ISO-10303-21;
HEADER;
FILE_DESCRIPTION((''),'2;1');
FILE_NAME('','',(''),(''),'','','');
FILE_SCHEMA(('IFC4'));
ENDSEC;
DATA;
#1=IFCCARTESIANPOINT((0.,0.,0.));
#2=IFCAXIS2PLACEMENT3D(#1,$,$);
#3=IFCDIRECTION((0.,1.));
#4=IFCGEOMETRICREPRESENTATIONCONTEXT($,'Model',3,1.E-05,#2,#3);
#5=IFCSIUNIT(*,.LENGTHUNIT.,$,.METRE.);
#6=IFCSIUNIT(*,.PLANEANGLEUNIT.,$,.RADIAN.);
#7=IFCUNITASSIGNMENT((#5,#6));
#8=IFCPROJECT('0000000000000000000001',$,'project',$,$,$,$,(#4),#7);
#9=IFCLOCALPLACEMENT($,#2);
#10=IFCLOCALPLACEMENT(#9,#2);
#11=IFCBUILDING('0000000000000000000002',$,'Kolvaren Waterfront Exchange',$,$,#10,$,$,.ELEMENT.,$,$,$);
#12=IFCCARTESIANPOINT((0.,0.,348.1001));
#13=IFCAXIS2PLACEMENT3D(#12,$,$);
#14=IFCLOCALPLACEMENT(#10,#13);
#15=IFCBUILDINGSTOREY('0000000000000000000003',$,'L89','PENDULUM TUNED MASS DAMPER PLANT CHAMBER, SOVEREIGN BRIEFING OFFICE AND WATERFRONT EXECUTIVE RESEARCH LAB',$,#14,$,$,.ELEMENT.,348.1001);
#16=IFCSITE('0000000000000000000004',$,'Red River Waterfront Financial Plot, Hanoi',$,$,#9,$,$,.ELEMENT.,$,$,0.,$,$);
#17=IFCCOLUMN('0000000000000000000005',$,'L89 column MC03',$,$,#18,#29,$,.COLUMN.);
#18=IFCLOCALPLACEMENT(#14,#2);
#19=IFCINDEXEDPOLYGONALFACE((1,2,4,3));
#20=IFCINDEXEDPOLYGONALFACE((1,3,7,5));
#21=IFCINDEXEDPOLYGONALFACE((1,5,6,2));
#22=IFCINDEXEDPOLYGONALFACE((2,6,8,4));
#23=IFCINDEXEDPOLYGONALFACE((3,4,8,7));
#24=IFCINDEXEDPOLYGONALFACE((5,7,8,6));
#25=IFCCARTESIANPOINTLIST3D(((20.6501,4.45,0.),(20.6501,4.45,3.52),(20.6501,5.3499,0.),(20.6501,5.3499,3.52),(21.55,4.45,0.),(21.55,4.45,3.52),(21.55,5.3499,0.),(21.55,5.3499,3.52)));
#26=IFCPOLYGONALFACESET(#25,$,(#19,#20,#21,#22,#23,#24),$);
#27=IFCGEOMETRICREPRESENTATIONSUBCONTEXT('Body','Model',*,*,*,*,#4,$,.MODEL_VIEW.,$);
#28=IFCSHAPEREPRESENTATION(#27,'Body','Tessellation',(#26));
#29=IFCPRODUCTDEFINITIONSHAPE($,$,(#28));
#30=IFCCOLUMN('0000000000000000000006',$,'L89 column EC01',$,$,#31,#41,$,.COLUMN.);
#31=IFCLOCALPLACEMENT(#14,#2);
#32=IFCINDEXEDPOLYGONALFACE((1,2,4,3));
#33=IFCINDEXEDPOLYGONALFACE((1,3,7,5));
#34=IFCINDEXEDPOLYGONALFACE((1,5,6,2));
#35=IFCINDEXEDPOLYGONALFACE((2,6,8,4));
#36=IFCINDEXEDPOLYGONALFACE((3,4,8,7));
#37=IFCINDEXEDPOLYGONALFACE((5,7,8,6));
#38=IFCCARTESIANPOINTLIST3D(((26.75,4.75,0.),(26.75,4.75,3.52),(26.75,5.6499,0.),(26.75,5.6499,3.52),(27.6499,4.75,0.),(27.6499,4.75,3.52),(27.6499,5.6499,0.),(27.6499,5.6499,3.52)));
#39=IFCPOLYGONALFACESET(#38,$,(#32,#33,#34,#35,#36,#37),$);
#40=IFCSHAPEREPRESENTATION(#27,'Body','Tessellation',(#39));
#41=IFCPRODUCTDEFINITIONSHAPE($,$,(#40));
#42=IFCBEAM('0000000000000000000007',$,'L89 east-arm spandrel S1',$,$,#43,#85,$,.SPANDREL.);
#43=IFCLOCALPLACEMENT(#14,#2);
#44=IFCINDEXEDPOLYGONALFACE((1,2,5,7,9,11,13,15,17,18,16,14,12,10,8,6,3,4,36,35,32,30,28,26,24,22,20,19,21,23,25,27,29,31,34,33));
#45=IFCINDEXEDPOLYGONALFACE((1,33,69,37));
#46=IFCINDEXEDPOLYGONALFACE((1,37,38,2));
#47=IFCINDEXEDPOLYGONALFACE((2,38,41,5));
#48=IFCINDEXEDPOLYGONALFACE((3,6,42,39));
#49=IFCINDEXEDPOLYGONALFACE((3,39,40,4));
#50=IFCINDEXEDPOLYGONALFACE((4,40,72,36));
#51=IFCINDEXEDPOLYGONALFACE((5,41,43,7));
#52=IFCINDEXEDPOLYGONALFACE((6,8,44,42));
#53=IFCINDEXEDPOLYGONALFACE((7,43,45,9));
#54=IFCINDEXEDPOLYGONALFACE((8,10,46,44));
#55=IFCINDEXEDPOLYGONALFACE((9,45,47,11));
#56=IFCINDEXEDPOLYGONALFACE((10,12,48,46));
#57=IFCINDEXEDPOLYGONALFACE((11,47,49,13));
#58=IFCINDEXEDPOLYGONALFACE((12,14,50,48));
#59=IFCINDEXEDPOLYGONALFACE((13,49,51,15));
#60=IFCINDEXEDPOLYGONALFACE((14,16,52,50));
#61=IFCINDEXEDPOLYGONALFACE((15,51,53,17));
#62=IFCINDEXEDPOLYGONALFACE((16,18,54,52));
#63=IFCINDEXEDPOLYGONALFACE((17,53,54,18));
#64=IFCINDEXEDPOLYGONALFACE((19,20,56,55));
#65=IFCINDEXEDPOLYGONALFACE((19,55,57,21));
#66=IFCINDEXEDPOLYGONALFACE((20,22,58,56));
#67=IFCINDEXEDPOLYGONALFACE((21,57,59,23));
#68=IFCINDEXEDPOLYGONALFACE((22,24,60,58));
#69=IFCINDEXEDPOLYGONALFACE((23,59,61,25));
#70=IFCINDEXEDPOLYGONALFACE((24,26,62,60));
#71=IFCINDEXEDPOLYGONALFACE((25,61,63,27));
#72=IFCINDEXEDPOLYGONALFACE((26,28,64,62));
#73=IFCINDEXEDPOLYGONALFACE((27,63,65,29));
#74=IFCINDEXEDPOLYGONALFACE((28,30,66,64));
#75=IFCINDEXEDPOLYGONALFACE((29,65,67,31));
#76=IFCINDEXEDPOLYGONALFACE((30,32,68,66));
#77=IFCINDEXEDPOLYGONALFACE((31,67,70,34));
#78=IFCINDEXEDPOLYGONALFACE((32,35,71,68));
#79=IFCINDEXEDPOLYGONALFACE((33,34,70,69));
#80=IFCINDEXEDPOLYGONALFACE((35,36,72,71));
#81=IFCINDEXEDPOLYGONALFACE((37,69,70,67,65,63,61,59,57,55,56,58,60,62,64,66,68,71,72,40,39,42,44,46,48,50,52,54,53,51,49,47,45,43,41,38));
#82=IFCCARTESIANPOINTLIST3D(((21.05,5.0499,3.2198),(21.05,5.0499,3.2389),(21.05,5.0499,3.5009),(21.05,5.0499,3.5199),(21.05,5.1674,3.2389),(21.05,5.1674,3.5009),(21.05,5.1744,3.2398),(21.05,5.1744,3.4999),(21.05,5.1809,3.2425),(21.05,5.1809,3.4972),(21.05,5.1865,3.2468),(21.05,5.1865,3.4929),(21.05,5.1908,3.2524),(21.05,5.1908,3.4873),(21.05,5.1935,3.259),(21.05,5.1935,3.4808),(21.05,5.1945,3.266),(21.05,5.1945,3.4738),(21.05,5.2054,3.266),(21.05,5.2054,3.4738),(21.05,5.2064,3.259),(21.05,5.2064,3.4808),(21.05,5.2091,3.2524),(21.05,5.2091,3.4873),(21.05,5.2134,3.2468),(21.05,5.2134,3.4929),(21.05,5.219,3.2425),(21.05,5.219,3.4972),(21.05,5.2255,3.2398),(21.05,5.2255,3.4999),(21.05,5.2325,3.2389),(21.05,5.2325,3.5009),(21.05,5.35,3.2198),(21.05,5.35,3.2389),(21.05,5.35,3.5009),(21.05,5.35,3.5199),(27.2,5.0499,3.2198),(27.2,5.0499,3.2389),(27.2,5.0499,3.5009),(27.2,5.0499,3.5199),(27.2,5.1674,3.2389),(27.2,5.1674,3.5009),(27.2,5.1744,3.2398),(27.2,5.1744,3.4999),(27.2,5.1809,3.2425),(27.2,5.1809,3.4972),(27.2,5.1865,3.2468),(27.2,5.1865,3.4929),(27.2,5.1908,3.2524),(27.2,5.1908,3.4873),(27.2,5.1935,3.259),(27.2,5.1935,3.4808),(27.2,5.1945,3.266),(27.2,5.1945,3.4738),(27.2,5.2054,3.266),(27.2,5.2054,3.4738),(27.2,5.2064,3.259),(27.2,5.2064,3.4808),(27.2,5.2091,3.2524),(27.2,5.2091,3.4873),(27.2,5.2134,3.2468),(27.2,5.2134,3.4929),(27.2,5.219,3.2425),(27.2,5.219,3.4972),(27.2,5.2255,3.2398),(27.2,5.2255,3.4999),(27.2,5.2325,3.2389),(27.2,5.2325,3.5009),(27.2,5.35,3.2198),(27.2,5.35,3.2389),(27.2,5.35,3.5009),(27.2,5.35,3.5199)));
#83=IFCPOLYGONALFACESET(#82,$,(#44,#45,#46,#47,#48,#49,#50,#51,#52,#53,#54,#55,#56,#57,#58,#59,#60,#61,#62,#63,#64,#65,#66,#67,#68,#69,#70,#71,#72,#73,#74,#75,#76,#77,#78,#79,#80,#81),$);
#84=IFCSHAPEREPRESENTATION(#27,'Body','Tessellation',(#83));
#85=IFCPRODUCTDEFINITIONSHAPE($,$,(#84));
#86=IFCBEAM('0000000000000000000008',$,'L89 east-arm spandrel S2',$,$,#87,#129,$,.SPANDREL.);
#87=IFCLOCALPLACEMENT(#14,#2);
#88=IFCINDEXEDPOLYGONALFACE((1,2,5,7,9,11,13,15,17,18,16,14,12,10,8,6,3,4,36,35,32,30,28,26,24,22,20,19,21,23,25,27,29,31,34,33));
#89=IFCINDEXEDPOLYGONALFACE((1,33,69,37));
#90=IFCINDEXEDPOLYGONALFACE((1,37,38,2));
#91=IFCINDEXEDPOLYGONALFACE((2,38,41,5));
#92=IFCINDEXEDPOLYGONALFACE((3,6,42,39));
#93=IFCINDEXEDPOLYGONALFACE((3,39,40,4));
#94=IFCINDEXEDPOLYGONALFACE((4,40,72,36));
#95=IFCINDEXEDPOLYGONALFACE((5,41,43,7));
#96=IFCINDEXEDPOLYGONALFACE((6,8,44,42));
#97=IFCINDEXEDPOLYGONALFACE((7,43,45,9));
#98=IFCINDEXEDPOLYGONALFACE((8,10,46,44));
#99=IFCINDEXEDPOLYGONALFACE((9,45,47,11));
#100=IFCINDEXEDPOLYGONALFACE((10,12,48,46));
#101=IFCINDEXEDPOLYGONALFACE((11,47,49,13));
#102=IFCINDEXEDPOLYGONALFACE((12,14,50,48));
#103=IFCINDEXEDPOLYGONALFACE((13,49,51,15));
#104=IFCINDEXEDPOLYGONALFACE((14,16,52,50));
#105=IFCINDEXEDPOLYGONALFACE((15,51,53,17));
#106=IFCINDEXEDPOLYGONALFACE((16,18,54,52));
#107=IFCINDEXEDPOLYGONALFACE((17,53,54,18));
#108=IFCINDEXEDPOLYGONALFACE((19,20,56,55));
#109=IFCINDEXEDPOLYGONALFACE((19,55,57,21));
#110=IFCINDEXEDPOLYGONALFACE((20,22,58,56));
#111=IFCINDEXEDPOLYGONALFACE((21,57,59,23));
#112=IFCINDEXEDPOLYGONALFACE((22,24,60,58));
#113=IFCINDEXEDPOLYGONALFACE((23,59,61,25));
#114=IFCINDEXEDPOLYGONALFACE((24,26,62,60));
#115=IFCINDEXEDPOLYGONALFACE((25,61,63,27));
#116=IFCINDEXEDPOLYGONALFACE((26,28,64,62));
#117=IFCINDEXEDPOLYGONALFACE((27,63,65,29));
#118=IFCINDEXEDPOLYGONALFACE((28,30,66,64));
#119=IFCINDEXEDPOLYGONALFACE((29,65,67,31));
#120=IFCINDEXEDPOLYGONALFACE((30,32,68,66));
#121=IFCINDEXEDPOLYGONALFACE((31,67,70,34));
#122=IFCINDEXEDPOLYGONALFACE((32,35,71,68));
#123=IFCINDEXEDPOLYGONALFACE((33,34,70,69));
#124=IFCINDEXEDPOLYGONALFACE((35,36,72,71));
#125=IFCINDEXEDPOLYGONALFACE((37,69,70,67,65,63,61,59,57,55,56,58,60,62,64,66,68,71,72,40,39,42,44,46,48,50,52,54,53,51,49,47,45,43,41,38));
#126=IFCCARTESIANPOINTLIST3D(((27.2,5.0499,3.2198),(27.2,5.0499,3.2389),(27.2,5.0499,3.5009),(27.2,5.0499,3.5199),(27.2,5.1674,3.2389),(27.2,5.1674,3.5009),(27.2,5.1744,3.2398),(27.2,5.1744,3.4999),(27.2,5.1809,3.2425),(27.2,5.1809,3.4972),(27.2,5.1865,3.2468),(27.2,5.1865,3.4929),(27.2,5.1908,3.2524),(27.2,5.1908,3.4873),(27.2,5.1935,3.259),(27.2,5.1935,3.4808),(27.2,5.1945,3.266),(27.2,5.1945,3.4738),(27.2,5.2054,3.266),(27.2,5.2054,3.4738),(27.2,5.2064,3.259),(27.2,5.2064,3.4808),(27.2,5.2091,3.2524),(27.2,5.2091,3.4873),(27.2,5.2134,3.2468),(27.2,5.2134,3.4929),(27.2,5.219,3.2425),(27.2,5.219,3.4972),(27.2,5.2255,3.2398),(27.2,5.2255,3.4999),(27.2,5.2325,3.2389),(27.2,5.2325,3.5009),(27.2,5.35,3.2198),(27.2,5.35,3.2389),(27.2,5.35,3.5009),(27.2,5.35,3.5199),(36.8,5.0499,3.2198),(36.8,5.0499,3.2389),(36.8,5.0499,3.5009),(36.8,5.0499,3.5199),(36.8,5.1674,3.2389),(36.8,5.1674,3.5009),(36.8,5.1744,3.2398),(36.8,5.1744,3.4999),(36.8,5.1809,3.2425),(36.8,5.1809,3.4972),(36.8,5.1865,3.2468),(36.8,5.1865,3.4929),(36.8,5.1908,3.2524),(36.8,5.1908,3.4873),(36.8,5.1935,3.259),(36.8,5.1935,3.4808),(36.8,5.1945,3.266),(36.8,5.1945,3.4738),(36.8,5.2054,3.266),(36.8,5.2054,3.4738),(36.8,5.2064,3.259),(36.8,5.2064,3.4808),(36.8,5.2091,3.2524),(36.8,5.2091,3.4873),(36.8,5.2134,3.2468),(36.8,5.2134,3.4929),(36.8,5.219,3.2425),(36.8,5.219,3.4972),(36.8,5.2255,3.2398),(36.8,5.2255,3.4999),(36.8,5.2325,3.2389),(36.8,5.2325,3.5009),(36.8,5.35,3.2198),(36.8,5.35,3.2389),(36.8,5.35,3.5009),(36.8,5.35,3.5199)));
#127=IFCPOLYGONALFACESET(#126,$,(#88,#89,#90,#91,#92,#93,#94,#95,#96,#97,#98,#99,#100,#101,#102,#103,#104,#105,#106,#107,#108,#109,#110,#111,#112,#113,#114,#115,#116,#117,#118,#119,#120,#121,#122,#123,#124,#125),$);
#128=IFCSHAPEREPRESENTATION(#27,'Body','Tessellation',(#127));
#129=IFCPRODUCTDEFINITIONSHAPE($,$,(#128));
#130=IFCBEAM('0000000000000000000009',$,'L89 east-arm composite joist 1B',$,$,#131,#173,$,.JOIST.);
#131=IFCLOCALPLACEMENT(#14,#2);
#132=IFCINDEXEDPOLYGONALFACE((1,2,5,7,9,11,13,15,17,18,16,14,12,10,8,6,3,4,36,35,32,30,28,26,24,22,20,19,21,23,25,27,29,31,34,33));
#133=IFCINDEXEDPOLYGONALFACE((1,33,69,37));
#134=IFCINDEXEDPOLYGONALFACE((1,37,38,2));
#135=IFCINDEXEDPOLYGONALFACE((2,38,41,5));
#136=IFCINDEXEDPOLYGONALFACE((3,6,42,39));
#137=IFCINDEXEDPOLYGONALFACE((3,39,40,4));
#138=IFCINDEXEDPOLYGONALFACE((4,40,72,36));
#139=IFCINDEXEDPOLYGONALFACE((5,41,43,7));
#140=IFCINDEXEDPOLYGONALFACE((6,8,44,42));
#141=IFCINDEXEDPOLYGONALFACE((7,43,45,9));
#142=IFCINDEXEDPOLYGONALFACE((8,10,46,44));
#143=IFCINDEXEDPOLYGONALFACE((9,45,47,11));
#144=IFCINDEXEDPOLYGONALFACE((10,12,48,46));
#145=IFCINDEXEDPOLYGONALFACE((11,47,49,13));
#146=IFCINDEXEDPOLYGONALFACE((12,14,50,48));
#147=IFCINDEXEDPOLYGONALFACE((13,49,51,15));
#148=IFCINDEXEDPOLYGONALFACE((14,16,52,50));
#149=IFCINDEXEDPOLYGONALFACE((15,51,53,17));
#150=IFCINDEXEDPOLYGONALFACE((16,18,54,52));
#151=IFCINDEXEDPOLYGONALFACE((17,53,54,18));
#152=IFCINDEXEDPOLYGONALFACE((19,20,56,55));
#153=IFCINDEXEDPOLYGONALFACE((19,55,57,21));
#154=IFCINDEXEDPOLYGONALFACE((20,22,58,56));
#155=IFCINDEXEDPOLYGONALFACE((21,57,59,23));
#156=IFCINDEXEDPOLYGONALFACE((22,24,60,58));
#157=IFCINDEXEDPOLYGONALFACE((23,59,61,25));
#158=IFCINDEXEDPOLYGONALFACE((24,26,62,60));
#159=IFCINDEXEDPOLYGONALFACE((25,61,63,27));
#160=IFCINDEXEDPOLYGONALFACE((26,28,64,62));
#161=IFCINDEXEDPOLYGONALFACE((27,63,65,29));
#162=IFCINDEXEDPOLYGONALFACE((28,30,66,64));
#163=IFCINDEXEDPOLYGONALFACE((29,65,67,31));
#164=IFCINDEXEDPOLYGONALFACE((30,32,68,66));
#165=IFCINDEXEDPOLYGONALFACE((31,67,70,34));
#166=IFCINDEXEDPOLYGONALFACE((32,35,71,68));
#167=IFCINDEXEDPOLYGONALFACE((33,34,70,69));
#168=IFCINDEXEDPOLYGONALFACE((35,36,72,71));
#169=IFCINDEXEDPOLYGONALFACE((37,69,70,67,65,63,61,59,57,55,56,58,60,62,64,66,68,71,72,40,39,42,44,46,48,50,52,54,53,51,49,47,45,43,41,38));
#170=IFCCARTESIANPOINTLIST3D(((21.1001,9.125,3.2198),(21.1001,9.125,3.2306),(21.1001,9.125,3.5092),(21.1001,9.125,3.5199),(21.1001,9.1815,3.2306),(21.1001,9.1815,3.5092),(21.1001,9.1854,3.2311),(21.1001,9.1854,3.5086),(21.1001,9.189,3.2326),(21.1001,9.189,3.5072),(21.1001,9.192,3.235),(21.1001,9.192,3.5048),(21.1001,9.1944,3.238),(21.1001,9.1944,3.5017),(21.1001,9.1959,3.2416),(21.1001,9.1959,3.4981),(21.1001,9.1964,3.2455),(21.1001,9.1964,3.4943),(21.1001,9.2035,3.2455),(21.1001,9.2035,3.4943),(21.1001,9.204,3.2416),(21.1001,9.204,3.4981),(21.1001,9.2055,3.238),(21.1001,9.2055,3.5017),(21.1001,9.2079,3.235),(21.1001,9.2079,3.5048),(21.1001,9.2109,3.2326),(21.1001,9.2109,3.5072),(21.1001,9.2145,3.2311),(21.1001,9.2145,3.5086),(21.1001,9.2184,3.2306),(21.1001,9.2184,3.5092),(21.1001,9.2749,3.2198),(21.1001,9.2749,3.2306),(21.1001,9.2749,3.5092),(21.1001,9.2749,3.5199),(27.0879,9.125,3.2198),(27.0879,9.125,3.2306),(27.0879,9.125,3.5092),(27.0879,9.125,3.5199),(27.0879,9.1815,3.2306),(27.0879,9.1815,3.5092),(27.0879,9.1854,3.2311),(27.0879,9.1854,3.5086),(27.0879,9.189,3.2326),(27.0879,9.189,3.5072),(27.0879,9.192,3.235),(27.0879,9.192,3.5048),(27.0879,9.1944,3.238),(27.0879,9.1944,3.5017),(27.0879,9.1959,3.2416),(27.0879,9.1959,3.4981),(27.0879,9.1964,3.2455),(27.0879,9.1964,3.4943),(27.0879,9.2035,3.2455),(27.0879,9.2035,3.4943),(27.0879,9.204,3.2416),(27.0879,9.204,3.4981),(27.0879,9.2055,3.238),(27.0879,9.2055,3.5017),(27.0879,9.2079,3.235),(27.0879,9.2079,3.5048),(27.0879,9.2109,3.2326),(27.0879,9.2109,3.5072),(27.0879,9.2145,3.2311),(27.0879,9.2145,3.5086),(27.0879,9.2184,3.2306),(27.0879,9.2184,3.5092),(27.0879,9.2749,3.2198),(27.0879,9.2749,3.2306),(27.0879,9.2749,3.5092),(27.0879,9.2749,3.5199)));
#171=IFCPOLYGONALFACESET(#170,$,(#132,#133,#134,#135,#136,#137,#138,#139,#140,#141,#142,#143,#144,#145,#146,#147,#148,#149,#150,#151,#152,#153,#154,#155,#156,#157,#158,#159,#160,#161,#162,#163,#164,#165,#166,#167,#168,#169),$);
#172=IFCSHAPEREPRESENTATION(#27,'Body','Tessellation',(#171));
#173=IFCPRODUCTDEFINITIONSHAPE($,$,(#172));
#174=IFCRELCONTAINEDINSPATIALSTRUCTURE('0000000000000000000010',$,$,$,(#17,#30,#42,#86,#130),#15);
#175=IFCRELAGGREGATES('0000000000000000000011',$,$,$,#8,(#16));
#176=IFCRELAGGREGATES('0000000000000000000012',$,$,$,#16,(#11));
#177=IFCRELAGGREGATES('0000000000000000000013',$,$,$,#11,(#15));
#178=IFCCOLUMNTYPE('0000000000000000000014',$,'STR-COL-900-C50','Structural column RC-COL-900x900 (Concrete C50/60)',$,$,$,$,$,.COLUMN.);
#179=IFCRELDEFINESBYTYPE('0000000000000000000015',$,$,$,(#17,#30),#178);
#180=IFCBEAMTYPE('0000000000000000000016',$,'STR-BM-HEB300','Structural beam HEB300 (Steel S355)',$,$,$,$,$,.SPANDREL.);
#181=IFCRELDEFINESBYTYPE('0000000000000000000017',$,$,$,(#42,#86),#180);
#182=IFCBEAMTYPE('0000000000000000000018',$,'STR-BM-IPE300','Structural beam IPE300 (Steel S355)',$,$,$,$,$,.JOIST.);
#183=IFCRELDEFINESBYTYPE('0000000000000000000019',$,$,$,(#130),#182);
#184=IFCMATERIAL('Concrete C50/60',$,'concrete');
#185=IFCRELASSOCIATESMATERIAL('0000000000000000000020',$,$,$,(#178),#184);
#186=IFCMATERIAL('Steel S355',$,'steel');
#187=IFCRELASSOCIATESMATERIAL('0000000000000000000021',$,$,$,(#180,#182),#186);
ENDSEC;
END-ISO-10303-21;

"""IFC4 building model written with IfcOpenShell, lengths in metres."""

from ifc_helpers import new_model, si_unit, direction, frame, origin, origin_2d, place, context, subcontext, project, spatial, rectangle, i_section, extrude, material, material_profile, profile_set, type_object, element, save


model = new_model("IFC4")

# Units and contexts
model_context = context("Model", 3, precision=1e-05, world=origin(), true_north=direction((0.0, 1.0)))
body_context = subcontext(model_context, "Body", "Model", "MODEL_VIEW")
ifc_project = project(units=[si_unit("LENGTHUNIT", "METRE"), si_unit("PLANEANGLEUNIT", "RADIAN")], contexts=[model_context])

# Site, building, storey
site_placement = place(None, origin())
site = spatial("IfcSite", under=ifc_project, at=site_placement, Name="Red River Waterfront Financial Plot, Hanoi", CompositionType="ELEMENT", RefElevation=0.0)
building_placement = place(site_placement, origin())
building = spatial("IfcBuilding", under=site, at=building_placement, Name="Kolvaren Waterfront Exchange", CompositionType="ELEMENT")
storey_placement = place(building_placement, frame((0.0, 0.0, 348.1001)))
storey = spatial("IfcBuildingStorey", under=building, at=storey_placement, Name="L89", Description="PENDULUM TUNED MASS DAMPER PLANT CHAMBER, SOVEREIGN BRIEFING OFFICE AND WATERFRONT EXECUTIVE RESEARCH LAB", CompositionType="ELEMENT", Elevation=348.1001)

# Columns
ifc_material_1 = material(Name="Concrete C50/60", Category="concrete")
ifc_material_profile_1 = material_profile(ifc_material_1, rectangle(XDim=0.8999, YDim=0.8999, at=origin_2d()), Name="RC-COL-900x900")
ifc_profile_set_1 = profile_set([ifc_material_profile_1], Name="Concrete C50/60")
column_type = type_object("IfcColumnType", Name="STR-COL-900-C50", Description="Structural column RC-COL-900x900 (Concrete C50/60)", PredefinedType="COLUMN", material=ifc_profile_set_1)
for number, where, z_axis, x_axis, name in (
    (1, (21.1001, 4.8999, 0.0), (0.0, 0.0, 1.0), (1.0, 0.0, 0.0), "L89 column MC03"),
    (2, (27.2, 5.2, 0.0), (0.0, 0.0, 1.0), (1.0, 0.0, 0.0), "L89 column EC01"),
):
    element("IfcColumn", number, at=place(storey_placement, frame(where, z_axis=z_axis, x_axis=x_axis)), inside=storey, type_object=column_type, Name=name, PredefinedType="COLUMN", context=body_context, shape_type="SweptSolid", body=[
        extrude(rectangle(XDim=0.8999, YDim=0.8999, at=origin_2d()), origin(), (0.0, 0.0, 1.0), 3.52),
    ])

# Beams
ifc_material_2 = material(Name="Steel S355", Category="steel")
ifc_material_profile_2 = material_profile(ifc_material_2, i_section(OverallWidth=0.3, OverallDepth=0.3, WebThickness=0.011, FlangeThickness=0.019, FilletRadius=0.0271, at=origin_2d()), Name="HEB300")
ifc_profile_set_2 = profile_set([ifc_material_profile_2], Name="Steel S355")
beam_type_1 = type_object("IfcBeamType", Name="STR-BM-HEB300", Description="Structural beam HEB300 (Steel S355)", PredefinedType="SPANDREL", material=ifc_profile_set_2)
beam_1_placement = place(storey_placement, frame((21.05, 5.2, 3.3699), z_axis=(1.0, 0.0, 0.0), x_axis=(0.0, 1.0, 0.0)))
element("IfcBeam", 3, at=beam_1_placement, inside=storey, type_object=beam_type_1, Name="L89 east-arm spandrel S1", PredefinedType="SPANDREL", context=body_context, shape_type="SweptSolid", body=[
    extrude(i_section(OverallWidth=0.3, OverallDepth=0.3, WebThickness=0.011, FlangeThickness=0.019, FilletRadius=0.0271, at=origin_2d()), origin(), (0.0, 0.0, 1.0), 6.1499),
])
beam_2_placement = place(storey_placement, frame((27.2, 5.2, 3.3699), z_axis=(1.0, 0.0, 0.0), x_axis=(0.0, 1.0, 0.0)))
element("IfcBeam", 4, at=beam_2_placement, inside=storey, type_object=beam_type_1, Name="L89 east-arm spandrel S2", PredefinedType="SPANDREL", context=body_context, shape_type="SweptSolid", body=[
    extrude(i_section(OverallWidth=0.3, OverallDepth=0.3, WebThickness=0.011, FlangeThickness=0.019, FilletRadius=0.0271, at=origin_2d()), origin(), (0.0, 0.0, 1.0), 9.6001),
])
ifc_material_profile_3 = material_profile(ifc_material_2, i_section(OverallWidth=0.1499, OverallDepth=0.3, WebThickness=0.0071, FlangeThickness=0.0107, FilletRadius=0.0149, at=origin_2d()), Name="IPE300")
ifc_profile_set_3 = profile_set([ifc_material_profile_3], Name="Steel S355")
beam_type_2 = type_object("IfcBeamType", Name="STR-BM-IPE300", Description="Structural beam IPE300 (Steel S355)", PredefinedType="JOIST", material=ifc_profile_set_3)
beam_3_placement = place(storey_placement, frame((21.1001, 9.2, 3.3699), z_axis=(1.0, 0.0, 0.0), x_axis=(0.0, 1.0, 0.0)))
element("IfcBeam", 5, at=beam_3_placement, inside=storey, type_object=beam_type_2, Name="L89 east-arm composite joist 1B", PredefinedType="JOIST", context=body_context, shape_type="SweptSolid", body=[
    extrude(i_section(OverallWidth=0.1499, OverallDepth=0.3, WebThickness=0.0071, FlangeThickness=0.0107, FilletRadius=0.0149, at=origin_2d()), origin(), (0.0, 0.0, 1.0), 5.9878),
])

save(model, "model.ifc")
